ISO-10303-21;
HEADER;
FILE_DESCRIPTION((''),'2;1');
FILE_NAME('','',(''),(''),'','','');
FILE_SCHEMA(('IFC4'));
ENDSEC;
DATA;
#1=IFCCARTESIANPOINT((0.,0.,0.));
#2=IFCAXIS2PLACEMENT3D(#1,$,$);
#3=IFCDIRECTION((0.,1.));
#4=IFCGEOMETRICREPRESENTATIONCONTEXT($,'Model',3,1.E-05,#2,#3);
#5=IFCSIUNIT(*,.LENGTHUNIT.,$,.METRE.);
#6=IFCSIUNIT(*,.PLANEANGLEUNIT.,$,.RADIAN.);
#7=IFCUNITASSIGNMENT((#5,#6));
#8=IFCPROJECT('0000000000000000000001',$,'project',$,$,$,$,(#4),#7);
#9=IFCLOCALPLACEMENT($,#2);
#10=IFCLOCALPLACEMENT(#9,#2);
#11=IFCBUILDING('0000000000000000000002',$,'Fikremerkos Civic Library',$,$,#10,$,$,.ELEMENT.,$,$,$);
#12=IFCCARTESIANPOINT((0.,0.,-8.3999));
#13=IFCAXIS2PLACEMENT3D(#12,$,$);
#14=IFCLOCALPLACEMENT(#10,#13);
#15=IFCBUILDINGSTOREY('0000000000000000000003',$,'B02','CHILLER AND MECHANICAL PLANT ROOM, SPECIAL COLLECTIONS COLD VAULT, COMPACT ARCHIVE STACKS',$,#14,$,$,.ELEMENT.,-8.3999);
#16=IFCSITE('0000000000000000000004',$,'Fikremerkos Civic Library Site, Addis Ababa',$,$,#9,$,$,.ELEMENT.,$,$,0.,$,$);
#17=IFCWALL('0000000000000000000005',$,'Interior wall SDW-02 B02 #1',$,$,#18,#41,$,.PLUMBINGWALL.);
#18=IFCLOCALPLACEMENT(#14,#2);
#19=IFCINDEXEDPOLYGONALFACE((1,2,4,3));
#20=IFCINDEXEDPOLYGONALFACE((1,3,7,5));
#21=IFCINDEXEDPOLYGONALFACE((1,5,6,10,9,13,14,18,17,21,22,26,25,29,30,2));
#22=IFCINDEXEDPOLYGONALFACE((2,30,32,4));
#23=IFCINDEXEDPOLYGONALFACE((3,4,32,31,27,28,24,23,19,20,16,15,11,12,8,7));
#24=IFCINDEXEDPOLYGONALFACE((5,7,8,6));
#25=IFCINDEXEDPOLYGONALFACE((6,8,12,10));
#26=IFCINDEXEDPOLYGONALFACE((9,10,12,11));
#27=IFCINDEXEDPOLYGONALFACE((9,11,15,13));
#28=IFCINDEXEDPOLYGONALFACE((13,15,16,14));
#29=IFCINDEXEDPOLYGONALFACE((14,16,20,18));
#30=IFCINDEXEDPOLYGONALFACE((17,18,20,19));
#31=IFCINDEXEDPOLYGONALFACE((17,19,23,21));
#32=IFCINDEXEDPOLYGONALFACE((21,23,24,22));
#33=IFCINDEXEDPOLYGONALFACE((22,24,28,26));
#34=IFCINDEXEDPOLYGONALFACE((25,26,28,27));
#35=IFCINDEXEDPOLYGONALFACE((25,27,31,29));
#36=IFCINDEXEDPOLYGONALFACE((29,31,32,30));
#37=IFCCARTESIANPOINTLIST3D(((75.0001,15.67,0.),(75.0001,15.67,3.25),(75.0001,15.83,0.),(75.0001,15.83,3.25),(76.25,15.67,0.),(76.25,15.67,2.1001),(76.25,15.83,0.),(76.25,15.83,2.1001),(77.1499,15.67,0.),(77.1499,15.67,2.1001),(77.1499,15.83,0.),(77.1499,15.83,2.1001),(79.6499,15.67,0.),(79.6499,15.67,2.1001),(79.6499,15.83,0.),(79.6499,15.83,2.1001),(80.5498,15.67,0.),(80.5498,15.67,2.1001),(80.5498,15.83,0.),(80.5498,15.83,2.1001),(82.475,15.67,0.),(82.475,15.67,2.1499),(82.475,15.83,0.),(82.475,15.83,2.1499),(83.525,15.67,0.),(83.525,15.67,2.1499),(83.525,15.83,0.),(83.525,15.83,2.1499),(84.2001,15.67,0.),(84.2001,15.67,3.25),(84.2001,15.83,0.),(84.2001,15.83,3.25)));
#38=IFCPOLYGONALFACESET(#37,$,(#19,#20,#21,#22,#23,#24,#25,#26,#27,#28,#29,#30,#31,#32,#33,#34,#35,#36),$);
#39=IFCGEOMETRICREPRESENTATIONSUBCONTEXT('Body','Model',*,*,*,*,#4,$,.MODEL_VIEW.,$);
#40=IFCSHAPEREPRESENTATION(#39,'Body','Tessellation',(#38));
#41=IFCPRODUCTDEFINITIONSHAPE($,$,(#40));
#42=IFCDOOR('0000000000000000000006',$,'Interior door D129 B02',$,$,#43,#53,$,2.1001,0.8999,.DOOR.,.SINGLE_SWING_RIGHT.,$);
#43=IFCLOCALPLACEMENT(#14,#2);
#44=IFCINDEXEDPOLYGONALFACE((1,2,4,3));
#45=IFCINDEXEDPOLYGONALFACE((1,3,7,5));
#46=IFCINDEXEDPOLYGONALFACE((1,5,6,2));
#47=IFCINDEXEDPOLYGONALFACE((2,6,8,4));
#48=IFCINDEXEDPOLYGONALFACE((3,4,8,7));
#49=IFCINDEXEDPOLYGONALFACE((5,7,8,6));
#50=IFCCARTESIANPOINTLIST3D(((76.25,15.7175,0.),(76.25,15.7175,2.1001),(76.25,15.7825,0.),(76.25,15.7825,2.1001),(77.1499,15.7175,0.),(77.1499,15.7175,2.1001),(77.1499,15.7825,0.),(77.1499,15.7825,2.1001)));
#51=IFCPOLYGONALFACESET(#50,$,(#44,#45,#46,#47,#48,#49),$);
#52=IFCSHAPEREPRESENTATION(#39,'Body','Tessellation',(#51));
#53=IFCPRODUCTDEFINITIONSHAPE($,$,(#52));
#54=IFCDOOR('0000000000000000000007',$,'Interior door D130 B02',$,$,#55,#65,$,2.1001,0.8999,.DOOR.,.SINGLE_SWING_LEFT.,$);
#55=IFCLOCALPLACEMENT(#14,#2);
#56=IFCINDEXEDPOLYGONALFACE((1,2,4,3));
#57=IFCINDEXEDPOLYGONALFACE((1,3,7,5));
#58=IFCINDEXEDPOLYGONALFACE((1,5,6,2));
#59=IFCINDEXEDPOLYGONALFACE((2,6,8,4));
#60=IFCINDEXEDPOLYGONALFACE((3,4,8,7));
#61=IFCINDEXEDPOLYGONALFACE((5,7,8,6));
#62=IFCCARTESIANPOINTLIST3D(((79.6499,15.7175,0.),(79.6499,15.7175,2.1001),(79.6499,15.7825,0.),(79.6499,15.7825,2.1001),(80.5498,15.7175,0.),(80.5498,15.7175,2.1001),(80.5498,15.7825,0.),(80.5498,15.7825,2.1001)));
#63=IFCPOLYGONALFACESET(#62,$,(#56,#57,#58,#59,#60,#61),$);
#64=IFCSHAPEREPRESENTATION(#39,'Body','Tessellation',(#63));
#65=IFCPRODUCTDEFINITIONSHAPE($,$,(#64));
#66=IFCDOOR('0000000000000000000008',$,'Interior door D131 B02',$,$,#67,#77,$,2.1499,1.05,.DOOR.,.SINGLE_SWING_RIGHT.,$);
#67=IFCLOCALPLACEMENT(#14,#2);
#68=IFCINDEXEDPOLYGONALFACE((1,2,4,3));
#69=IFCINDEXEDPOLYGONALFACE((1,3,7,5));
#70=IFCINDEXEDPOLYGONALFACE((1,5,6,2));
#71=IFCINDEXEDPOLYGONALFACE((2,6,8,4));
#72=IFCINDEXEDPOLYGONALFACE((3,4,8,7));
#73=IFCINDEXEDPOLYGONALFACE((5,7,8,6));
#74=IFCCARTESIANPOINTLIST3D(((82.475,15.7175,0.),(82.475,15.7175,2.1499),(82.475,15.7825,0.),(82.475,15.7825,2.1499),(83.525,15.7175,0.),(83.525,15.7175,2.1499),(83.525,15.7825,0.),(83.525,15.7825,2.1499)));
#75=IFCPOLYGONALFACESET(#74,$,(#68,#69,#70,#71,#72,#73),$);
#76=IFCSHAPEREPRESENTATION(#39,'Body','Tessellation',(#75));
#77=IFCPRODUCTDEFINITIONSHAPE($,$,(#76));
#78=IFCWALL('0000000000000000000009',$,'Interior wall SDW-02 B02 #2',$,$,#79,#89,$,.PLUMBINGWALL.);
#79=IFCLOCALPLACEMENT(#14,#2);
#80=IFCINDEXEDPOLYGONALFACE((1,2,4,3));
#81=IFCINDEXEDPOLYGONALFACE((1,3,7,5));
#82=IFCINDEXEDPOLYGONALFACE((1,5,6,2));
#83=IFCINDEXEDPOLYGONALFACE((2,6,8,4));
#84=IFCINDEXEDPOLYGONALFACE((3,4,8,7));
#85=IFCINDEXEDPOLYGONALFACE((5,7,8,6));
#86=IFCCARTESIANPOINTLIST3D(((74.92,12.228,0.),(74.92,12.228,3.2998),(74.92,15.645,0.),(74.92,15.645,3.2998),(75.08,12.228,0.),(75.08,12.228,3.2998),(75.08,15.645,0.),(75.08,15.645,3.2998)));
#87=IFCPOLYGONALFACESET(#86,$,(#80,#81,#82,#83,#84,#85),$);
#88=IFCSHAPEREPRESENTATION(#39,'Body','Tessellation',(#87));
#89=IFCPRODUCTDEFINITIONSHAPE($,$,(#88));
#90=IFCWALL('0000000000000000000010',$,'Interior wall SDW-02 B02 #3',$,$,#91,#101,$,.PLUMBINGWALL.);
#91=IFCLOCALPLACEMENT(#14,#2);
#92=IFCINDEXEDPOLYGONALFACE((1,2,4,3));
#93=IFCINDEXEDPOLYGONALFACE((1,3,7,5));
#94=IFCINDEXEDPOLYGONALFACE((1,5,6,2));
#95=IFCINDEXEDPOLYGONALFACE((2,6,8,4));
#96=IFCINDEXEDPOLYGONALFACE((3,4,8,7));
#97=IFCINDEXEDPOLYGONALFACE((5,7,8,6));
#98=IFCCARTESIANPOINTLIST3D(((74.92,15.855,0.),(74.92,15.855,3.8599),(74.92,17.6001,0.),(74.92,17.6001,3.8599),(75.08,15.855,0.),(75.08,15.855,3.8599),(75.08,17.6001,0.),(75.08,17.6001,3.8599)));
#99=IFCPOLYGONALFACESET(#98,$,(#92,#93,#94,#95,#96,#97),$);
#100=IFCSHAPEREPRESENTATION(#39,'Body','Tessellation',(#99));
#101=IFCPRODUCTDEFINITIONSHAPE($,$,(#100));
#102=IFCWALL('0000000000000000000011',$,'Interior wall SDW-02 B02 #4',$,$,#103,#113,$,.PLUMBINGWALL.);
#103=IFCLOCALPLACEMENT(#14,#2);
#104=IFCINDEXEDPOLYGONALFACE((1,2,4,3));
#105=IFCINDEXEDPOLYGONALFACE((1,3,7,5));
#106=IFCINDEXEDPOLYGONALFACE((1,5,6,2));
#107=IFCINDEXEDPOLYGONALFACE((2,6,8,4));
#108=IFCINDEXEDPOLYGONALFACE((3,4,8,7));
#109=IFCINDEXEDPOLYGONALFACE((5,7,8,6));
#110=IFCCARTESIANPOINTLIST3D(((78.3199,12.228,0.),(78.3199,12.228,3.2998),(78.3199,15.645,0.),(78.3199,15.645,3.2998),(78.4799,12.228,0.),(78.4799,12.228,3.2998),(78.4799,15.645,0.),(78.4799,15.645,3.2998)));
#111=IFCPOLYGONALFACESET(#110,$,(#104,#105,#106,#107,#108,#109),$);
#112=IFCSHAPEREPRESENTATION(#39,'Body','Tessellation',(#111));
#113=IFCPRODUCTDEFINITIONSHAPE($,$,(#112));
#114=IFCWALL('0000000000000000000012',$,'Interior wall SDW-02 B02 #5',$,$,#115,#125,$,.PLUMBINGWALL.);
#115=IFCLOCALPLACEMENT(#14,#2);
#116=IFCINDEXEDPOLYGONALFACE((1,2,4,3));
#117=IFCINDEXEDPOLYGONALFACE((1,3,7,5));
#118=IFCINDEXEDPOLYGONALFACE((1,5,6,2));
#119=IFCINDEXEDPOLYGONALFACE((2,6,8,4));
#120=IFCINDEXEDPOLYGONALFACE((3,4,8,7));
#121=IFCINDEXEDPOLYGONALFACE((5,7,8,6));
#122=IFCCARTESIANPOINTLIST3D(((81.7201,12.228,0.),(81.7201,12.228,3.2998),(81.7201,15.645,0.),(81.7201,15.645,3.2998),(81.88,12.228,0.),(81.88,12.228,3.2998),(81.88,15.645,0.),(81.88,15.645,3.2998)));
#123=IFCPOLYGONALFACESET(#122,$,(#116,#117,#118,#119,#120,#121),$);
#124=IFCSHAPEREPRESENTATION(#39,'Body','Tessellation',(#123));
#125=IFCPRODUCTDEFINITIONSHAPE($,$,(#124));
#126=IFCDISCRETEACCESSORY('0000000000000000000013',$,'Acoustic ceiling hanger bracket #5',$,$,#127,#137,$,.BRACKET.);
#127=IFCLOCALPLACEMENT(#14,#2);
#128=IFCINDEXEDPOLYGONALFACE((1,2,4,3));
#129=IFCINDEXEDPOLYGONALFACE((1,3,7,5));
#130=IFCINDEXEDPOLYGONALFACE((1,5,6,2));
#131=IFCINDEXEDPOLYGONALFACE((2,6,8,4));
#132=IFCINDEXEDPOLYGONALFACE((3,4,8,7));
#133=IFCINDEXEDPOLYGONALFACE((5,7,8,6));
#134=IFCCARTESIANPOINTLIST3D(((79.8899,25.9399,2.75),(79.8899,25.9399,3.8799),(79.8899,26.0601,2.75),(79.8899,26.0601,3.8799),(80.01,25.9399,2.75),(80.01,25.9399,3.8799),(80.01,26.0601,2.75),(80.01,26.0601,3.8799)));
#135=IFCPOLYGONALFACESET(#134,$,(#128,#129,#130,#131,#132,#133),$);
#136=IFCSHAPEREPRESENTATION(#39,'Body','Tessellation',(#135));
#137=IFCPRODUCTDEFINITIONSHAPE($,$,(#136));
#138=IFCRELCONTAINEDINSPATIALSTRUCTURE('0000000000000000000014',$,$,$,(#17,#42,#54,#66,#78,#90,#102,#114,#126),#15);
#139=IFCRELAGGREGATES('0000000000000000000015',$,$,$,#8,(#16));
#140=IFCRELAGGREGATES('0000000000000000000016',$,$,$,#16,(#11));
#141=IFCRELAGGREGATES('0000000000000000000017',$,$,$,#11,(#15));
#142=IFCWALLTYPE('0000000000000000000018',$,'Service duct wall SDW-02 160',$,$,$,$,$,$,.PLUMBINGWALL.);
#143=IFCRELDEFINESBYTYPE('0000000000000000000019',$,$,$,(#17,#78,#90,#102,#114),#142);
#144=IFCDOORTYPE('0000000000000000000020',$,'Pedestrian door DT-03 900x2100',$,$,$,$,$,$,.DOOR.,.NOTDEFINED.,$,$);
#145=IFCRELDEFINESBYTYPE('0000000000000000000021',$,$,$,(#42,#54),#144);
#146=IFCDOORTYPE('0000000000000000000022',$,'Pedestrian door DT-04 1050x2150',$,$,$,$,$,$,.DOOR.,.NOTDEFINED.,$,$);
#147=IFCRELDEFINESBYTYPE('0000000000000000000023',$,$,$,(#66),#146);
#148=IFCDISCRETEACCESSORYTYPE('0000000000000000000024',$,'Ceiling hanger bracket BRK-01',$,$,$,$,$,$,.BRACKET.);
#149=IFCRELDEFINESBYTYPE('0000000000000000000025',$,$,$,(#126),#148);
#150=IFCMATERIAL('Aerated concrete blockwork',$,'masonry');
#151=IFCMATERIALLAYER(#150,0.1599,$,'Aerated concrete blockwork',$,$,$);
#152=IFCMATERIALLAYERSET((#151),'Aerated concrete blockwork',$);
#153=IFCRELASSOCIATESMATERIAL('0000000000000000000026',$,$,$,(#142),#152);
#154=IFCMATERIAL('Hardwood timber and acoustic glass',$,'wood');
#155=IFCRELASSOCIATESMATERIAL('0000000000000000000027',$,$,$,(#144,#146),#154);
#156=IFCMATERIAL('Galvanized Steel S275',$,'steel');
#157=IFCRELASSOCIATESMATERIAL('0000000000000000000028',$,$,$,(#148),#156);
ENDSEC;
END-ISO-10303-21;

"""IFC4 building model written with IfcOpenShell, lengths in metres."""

from ifc_helpers import new_model, si_unit, direction, frame, frame_2d, origin, origin_2d, place, context, subcontext, project, spatial, rectangle, extrude, material, layer, layer_set, type_object, element, fill, save


model = new_model("IFC4")

# Units and contexts
model_context = context("Model", 3, precision=1e-05, world=origin(), true_north=direction((0.0, 1.0)))
body_context = subcontext(model_context, "Body", "Model", "MODEL_VIEW")
ifc_project = project(units=[si_unit("LENGTHUNIT", "METRE"), si_unit("PLANEANGLEUNIT", "RADIAN")], contexts=[model_context])

# Site, building, storey
site_placement = place(None, origin())
site = spatial("IfcSite", under=ifc_project, at=site_placement, Name="Fikremerkos Civic Library Site, Addis Ababa", CompositionType="ELEMENT", RefElevation=0.0)
building_placement = place(site_placement, origin())
building = spatial("IfcBuilding", under=site, at=building_placement, Name="Fikremerkos Civic Library", CompositionType="ELEMENT")
storey_placement = place(building_placement, frame((0.0, 0.0, -8.3999)))
storey = spatial("IfcBuildingStorey", under=building, at=storey_placement, Name="B02", Description="CHILLER AND MECHANICAL PLANT ROOM, SPECIAL COLLECTIONS COLD VAULT, COMPACT ARCHIVE STACKS", CompositionType="ELEMENT", Elevation=-8.3999)

# Shared definitions
ifc_material_1 = material(Name="Hardwood timber and acoustic glass", Category="wood")

# Wall, openings, doors
ifc_material_2 = material(Name="Aerated concrete blockwork", Category="masonry")
ifc_layer_1 = layer(ifc_material_2, 0.1599, Name="Aerated concrete blockwork")
ifc_layer_set_1 = layer_set([ifc_layer_1], Name="Aerated concrete blockwork")
wall_type_1 = type_object("IfcWallType", Name="Service duct wall SDW-02 160", PredefinedType="PLUMBINGWALL", material=ifc_layer_set_1)
wall_1_placement = place(storey_placement, frame((75.0, 15.75, 0.0), z_axis=(0.0, 0.0, 1.0), x_axis=(1.0, 0.0, 0.0)))
wall_1 = element("IfcWall", 1, at=wall_1_placement, inside=storey, type_object=wall_type_1, Name="Interior wall SDW-02 B02 #1", PredefinedType="PLUMBINGWALL", context=body_context, shape_type="SweptSolid", body=[
    extrude(rectangle(XDim=9.2, YDim=0.1599, at=frame_2d((4.6001, 0.0))), origin(), (0.0, 0.0, 1.0), 3.25),
])
opening_1_placement = place(wall_1_placement, frame((1.25, 0.0, 0.0)))
opening_1 = element("IfcOpeningElement", 2, at=opening_1_placement, cuts=wall_1, PredefinedType="OPENING", context=body_context, shape_type="SweptSolid", body=[
    extrude(rectangle(XDim=0.8999, YDim=2.1001, at=frame_2d((0.45, 1.05))), frame((0.0, 0.0898, 0.0), z_axis=(0.0, -1.0, 0.0), x_axis=(1.0, 0.0, 0.0)), (0.0, 0.0, 1.0), 0.1799),
])
opening_2_placement = place(wall_1_placement, frame((4.6499, 0.0, 0.0)))
opening_2 = element("IfcOpeningElement", 3, at=opening_2_placement, cuts=wall_1, PredefinedType="OPENING", context=body_context, shape_type="SweptSolid", body=[
    extrude(rectangle(XDim=0.8999, YDim=2.1001, at=frame_2d((0.45, 1.05))), frame((0.0, 0.0898, 0.0), z_axis=(0.0, -1.0, 0.0), x_axis=(1.0, 0.0, 0.0)), (0.0, 0.0, 1.0), 0.1799),
])
opening_3_placement = place(wall_1_placement, frame((7.4751, 0.0, 0.0)))
opening_3 = element("IfcOpeningElement", 4, at=opening_3_placement, cuts=wall_1, PredefinedType="OPENING", context=body_context, shape_type="SweptSolid", body=[
    extrude(rectangle(XDim=1.05, YDim=2.1499, at=frame_2d((0.5249, 1.075))), frame((0.0, 0.0898, 0.0), z_axis=(0.0, -1.0, 0.0), x_axis=(1.0, 0.0, 0.0)), (0.0, 0.0, 1.0), 0.1799),
])
door_type_1 = type_object("IfcDoorType", Name="Pedestrian door DT-03 900x2100", OperationType="NOTDEFINED", PredefinedType="DOOR", material=ifc_material_1)
door_1_placement = place(opening_1_placement, origin())
door_1 = element("IfcDoor", 5, at=door_1_placement, inside=storey, type_object=door_type_1, Name="Interior door D129 B02", OperationType="SINGLE_SWING_RIGHT", OverallHeight=2.1001, OverallWidth=0.8999, PredefinedType="DOOR", context=body_context, shape_type="SweptSolid", body=[
    extrude(rectangle(XDim=0.8999, YDim=2.1001, at=frame_2d((0.45, 1.05))), frame((0.0, 0.0325, 0.0), z_axis=(0.0, -1.0, 0.0), x_axis=(1.0, 0.0, 0.0)), (0.0, 0.0, 1.0), 0.0649),
])
fill(opening_1, door_1)
door_2_placement = place(opening_2_placement, origin())
door_2 = element("IfcDoor", 6, at=door_2_placement, inside=storey, type_object=door_type_1, Name="Interior door D130 B02", OperationType="SINGLE_SWING_LEFT", OverallHeight=2.1001, OverallWidth=0.8999, PredefinedType="DOOR", context=body_context, shape_type="SweptSolid", body=[
    extrude(rectangle(XDim=0.8999, YDim=2.1001, at=frame_2d((0.45, 1.05))), frame((0.0, 0.0325, 0.0), z_axis=(0.0, -1.0, 0.0), x_axis=(1.0, 0.0, 0.0)), (0.0, 0.0, 1.0), 0.0649),
])
fill(opening_2, door_2)
door_type_2 = type_object("IfcDoorType", Name="Pedestrian door DT-04 1050x2150", OperationType="NOTDEFINED", PredefinedType="DOOR", material=ifc_material_1)
door_3_placement = place(opening_3_placement, origin())
door_3 = element("IfcDoor", 7, at=door_3_placement, inside=storey, type_object=door_type_2, Name="Interior door D131 B02", OperationType="SINGLE_SWING_RIGHT", OverallHeight=2.1499, OverallWidth=1.05, PredefinedType="DOOR", context=body_context, shape_type="SweptSolid", body=[
    extrude(rectangle(XDim=1.05, YDim=2.1499, at=frame_2d((0.5249, 1.075))), frame((0.0, 0.0325, 0.0), z_axis=(0.0, -1.0, 0.0), x_axis=(1.0, 0.0, 0.0)), (0.0, 0.0, 1.0), 0.0649),
])
fill(opening_3, door_3)

# Walls
wall_2_placement = place(storey_placement, frame((75.0, 12.228, 0.0), z_axis=(0.0, 0.0, 1.0), x_axis=(0.0, 1.0, 0.0)))
element("IfcWall", 8, at=wall_2_placement, inside=storey, type_object=wall_type_1, Name="Interior wall SDW-02 B02 #2", PredefinedType="PLUMBINGWALL", context=body_context, shape_type="SweptSolid", body=[
    extrude(rectangle(XDim=3.417, YDim=0.1599, at=frame_2d((1.7085, 0.0))), origin(), (0.0, 0.0, 1.0), 3.2998),
])
wall_3_placement = place(storey_placement, frame((75.0, 15.855, 0.0), z_axis=(0.0, 0.0, 1.0), x_axis=(0.0, 1.0, 0.0)))
element("IfcWall", 9, at=wall_3_placement, inside=storey, type_object=wall_type_1, Name="Interior wall SDW-02 B02 #3", PredefinedType="PLUMBINGWALL", context=body_context, shape_type="SweptSolid", body=[
    extrude(rectangle(XDim=1.7451, YDim=0.1599, at=frame_2d((0.8726, 0.0))), origin(), (0.0, 0.0, 1.0), 3.8599),
])
for number, where, z_axis, x_axis, name in (
    (10, (78.3999, 12.228, 0.0), (0.0, 0.0, 1.0), (0.0, 1.0, 0.0), "Interior wall SDW-02 B02 #4"),
    (11, (81.8, 12.228, 0.0), (0.0, 0.0, 1.0), (0.0, 1.0, 0.0), "Interior wall SDW-02 B02 #5"),
):
    element("IfcWall", number, at=place(storey_placement, frame(where, z_axis=z_axis, x_axis=x_axis)), inside=storey, type_object=wall_type_1, Name=name, PredefinedType="PLUMBINGWALL", context=body_context, shape_type="SweptSolid", body=[
        extrude(rectangle(XDim=3.417, YDim=0.1599, at=frame_2d((1.7085, 0.0))), origin(), (0.0, 0.0, 1.0), 3.2998),
    ])

# Discrete accessory
ifc_material_3 = material(Name="Galvanized Steel S275", Category="steel")
discrete_accessory_type = type_object("IfcDiscreteAccessoryType", Name="Ceiling hanger bracket BRK-01", PredefinedType="BRACKET", material=ifc_material_3)
discrete_accessory_placement = place(storey_placement, frame((79.95, 26.0, 2.75), z_axis=(0.0, 0.0, 1.0), x_axis=(1.0, 0.0, 0.0)))
element("IfcDiscreteAccessory", 12, at=discrete_accessory_placement, inside=storey, type_object=discrete_accessory_type, Name="Acoustic ceiling hanger bracket #5", PredefinedType="BRACKET", context=body_context, shape_type="SweptSolid", body=[
    extrude(rectangle(XDim=0.1201, YDim=0.1201, at=origin_2d()), origin(), (0.0, 0.0, 1.0), 1.1299),
])

save(model, "model.ifc")
